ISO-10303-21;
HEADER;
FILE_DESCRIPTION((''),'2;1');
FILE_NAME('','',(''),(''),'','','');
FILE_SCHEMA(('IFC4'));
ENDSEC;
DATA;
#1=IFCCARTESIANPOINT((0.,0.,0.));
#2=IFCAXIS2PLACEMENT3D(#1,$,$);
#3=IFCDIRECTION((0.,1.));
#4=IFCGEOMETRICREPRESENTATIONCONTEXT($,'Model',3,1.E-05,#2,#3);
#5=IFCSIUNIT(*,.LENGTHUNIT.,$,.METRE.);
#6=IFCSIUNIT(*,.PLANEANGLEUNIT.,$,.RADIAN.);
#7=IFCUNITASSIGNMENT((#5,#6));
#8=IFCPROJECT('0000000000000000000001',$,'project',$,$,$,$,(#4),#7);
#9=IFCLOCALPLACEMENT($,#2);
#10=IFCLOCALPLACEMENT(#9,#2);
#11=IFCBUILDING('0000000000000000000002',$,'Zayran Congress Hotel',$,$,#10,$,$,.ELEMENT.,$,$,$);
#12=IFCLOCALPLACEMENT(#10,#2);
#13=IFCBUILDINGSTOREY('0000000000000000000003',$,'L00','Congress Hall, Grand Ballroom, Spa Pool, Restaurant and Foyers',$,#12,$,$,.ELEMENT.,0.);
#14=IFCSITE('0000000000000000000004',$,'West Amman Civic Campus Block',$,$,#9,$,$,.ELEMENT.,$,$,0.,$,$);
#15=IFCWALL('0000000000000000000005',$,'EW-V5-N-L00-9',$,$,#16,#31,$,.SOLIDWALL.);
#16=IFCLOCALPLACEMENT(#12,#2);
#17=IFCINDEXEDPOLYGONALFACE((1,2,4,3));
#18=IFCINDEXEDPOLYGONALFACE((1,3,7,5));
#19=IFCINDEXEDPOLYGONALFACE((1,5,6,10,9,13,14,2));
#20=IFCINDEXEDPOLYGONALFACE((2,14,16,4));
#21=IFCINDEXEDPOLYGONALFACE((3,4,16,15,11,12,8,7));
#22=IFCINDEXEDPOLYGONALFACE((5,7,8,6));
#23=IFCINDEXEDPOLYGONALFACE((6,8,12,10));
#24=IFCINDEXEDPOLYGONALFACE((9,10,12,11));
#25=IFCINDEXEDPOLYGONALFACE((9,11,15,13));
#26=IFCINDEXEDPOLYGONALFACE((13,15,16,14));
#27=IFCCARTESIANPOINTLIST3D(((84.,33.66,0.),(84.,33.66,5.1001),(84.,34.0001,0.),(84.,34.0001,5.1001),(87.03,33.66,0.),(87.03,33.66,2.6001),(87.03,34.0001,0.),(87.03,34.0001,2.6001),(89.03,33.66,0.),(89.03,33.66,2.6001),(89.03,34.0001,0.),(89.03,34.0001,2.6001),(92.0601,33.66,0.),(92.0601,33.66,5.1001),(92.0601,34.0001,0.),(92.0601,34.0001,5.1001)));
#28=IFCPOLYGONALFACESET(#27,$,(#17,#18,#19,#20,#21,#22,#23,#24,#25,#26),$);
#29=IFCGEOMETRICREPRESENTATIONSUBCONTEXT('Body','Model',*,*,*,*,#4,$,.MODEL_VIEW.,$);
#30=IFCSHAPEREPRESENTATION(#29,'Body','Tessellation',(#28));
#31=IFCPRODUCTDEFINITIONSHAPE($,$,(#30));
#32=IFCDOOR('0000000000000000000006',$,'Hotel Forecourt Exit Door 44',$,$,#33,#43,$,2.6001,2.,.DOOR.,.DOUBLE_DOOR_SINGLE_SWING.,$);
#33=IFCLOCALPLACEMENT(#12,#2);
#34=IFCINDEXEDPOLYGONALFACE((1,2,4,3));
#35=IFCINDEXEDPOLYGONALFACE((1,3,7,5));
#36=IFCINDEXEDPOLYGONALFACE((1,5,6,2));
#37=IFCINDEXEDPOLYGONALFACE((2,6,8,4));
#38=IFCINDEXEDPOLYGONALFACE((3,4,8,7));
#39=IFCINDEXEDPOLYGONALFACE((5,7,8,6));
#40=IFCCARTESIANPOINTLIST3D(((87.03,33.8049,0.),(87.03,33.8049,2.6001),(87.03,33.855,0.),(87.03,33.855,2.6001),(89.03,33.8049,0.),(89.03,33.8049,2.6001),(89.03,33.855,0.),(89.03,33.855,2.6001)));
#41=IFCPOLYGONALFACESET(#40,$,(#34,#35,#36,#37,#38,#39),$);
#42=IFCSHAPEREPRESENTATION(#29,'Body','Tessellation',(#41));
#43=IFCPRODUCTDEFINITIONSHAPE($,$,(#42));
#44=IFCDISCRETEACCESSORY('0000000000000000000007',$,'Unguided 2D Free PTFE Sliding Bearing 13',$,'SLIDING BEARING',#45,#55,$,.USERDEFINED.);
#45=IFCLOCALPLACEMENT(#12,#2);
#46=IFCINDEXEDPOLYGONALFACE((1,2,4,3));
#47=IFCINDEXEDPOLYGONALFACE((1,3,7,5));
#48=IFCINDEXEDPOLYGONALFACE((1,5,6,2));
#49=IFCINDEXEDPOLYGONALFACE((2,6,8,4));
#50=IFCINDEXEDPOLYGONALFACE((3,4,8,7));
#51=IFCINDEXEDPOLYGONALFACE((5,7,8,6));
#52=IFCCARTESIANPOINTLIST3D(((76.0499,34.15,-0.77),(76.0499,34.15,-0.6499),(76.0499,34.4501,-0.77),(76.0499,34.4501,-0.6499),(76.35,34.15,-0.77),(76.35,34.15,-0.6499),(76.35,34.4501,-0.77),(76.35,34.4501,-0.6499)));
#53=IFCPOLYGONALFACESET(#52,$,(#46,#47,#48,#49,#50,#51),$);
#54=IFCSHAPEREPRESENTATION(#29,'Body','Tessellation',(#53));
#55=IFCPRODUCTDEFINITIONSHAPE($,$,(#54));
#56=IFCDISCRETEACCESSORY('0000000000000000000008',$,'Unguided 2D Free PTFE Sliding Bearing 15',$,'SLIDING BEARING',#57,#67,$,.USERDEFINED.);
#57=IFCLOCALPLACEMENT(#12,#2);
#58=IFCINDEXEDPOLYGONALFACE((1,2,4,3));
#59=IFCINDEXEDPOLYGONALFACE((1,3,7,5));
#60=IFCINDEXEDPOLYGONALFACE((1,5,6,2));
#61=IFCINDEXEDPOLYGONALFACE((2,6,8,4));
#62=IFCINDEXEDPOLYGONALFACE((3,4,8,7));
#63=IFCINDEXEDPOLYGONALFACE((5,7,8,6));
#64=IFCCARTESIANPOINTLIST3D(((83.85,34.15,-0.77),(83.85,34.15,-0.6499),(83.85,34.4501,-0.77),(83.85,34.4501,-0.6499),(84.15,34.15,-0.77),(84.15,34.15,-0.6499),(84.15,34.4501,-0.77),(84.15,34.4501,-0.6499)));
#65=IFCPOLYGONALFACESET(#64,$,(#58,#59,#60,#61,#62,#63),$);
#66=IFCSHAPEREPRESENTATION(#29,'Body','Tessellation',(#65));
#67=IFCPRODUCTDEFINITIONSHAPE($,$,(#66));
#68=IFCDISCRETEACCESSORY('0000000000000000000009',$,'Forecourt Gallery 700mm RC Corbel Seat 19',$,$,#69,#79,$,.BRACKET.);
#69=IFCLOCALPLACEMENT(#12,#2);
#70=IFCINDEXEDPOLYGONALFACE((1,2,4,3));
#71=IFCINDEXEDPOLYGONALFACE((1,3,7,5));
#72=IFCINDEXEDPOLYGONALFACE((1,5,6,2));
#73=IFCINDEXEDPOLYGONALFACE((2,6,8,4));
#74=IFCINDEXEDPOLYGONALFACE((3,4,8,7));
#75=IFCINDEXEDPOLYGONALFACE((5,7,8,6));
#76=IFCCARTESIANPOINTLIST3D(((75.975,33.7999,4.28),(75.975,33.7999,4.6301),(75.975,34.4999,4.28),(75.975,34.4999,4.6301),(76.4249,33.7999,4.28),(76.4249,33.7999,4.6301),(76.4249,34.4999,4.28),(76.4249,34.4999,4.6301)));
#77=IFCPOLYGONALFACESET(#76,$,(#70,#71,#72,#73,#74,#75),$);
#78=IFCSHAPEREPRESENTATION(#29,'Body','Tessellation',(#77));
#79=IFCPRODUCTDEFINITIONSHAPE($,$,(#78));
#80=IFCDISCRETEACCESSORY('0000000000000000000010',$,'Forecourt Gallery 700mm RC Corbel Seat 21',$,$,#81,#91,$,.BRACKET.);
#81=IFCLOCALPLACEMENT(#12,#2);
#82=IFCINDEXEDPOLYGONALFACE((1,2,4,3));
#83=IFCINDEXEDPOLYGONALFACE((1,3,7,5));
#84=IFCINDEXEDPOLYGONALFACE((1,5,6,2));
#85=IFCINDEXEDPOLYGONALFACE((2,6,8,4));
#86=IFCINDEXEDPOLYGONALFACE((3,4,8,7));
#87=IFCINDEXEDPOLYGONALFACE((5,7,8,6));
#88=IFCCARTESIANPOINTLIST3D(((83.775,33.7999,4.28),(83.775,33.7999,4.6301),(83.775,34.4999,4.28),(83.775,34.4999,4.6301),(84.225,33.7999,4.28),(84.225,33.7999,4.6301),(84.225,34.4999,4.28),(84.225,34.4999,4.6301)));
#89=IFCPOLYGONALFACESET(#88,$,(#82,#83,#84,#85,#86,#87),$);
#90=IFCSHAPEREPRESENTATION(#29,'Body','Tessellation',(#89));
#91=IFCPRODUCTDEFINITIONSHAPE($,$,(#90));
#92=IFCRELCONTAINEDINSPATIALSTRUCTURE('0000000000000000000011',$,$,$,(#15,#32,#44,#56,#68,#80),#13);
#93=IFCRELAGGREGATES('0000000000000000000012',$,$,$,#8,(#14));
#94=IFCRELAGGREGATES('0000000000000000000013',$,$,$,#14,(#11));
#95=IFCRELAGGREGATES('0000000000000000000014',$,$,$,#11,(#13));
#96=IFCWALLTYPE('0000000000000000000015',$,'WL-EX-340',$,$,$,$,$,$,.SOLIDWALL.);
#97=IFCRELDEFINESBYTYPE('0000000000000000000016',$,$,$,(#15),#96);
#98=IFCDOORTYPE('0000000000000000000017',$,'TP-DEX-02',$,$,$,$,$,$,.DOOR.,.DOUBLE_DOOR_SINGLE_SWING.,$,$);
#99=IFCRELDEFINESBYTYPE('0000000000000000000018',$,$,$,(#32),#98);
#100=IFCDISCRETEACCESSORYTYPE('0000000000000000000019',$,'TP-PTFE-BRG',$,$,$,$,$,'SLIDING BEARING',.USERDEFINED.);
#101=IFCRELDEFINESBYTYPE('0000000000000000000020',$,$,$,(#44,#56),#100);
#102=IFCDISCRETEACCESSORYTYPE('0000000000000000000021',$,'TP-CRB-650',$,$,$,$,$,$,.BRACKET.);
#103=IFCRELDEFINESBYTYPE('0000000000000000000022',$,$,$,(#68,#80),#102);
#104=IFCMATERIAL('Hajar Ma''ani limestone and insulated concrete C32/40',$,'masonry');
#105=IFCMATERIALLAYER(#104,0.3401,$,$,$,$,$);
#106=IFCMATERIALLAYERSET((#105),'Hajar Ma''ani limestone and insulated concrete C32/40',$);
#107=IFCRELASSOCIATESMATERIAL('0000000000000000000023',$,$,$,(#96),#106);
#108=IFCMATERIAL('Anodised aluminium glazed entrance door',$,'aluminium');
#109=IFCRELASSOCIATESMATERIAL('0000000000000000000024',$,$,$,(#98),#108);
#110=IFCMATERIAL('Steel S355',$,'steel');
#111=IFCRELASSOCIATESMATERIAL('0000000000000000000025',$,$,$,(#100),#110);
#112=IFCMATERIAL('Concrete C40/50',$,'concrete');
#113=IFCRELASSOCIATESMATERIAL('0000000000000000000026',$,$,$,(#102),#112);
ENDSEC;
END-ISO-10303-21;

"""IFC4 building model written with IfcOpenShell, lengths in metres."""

from ifc_helpers import new_model, si_unit, direction, frame, frame_2d, origin, origin_2d, place, context, subcontext, project, spatial, rectangle, extrude, material, layer, layer_set, type_object, element, fill, save


model = new_model("IFC4")

# Units and contexts
model_context = context("Model", 3, precision=1e-05, world=origin(), true_north=direction((0.0, 1.0)))
body_context = subcontext(model_context, "Body", "Model", "MODEL_VIEW")
ifc_project = project(units=[si_unit("LENGTHUNIT", "METRE"), si_unit("PLANEANGLEUNIT", "RADIAN")], contexts=[model_context])

# Site, building, storey
site_placement = place(None, origin())
site = spatial("IfcSite", under=ifc_project, at=site_placement, Name="West Amman Civic Campus Block", CompositionType="ELEMENT", RefElevation=0.0)
building_placement = place(site_placement, origin())
building = spatial("IfcBuilding", under=site, at=building_placement, Name="Zayran Congress Hotel", CompositionType="ELEMENT")
storey_placement = place(building_placement, origin())
storey = spatial("IfcBuildingStorey", under=building, at=storey_placement, Name="L00", Description="Congress Hall, Grand Ballroom, Spa Pool, Restaurant and Foyers", CompositionType="ELEMENT", Elevation=0.0)

# Shared definitions
ifc_material_1 = material(Name="Concrete C40/50", Category="concrete")
ifc_material_2 = material(Name="Steel S355", Category="steel")

# Wall, opening, door
ifc_material_3 = material(Name="Hajar Ma'ani limestone and insulated concrete C32/40", Category="masonry")
ifc_layer_1 = layer(ifc_material_3, 0.3401)
ifc_layer_set_1 = layer_set([ifc_layer_1], Name="Hajar Ma'ani limestone and insulated concrete C32/40")
wall_type = type_object("IfcWallType", Name="WL-EX-340", PredefinedType="SOLIDWALL", material=ifc_layer_set_1)
wall_placement = place(storey_placement, frame((84.0, 33.8301, 0.0), z_axis=(0.0, 0.0, 1.0), x_axis=(1.0, 0.0, 0.0)))
wall = element("IfcWall", 1, at=wall_placement, inside=storey, type_object=wall_type, Name="EW-V5-N-L00-9", PredefinedType="SOLIDWALL", context=body_context, shape_type="SweptSolid", body=[
    extrude(rectangle(XDim=8.0601, YDim=0.3401, at=frame_2d((4.03, 0.0))), origin(), (0.0, 0.0, 1.0), 5.1001),
])
opening_placement = place(wall_placement, frame((3.03, 0.0, 0.0)))
opening = element("IfcOpeningElement", 2, at=opening_placement, cuts=wall, PredefinedType="OPENING", context=body_context, shape_type="SweptSolid", body=[
    extrude(rectangle(XDim=2.0, YDim=2.6001, at=frame_2d((1.0, 1.3))), frame((0.0, 0.1799, 0.0), z_axis=(0.0, -1.0, 0.0), x_axis=(1.0, 0.0, 0.0)), (0.0, 0.0, 1.0), 0.3601),
])
ifc_material_4 = material(Name="Anodised aluminium glazed entrance door", Category="aluminium")
door_type = type_object("IfcDoorType", Name="TP-DEX-02", OperationType="DOUBLE_DOOR_SINGLE_SWING", PredefinedType="DOOR", material=ifc_material_4)
door_placement = place(opening_placement, origin())
door = element("IfcDoor", 3, at=door_placement, inside=storey, type_object=door_type, Name="Hotel Forecourt Exit Door 44", OperationType="DOUBLE_DOOR_SINGLE_SWING", OverallHeight=2.6001, OverallWidth=2.0, PredefinedType="DOOR", context=body_context, shape_type="SweptSolid", body=[
    extrude(rectangle(XDim=2.0, YDim=2.6001, at=frame_2d((1.0, 1.3))), frame((0.0, 0.0249, 0.0), z_axis=(0.0, -1.0, 0.0), x_axis=(1.0, 0.0, 0.0)), (0.0, 0.0, 1.0), 0.05),
])
fill(opening, door)

# Discrete accessories
discrete_accessory_type_1 = type_object("IfcDiscreteAccessoryType", Name="TP-PTFE-BRG", ElementType="SLIDING BEARING", PredefinedType="USERDEFINED", material=ifc_material_2)
for number, where, z_axis, x_axis, name in (
    (4, (76.2, 34.3, -0.77), (0.0, 0.0, 1.0), (1.0, 0.0, 0.0), "Unguided 2D Free PTFE Sliding Bearing 13"),
    (5, (84.0, 34.3, -0.77), (0.0, 0.0, 1.0), (1.0, 0.0, 0.0), "Unguided 2D Free PTFE Sliding Bearing 15"),
):
    element("IfcDiscreteAccessory", number, at=place(storey_placement, frame(where, z_axis=z_axis, x_axis=x_axis)), inside=storey, type_object=discrete_accessory_type_1, Name=name, ObjectType="SLIDING BEARING", PredefinedType="USERDEFINED", context=body_context, shape_type="SweptSolid", body=[
        extrude(rectangle(XDim=0.3, YDim=0.3, at=origin_2d()), origin(), (0.0, 0.0, 1.0), 0.1201),
    ])
discrete_accessory_type_2 = type_object("IfcDiscreteAccessoryType", Name="TP-CRB-650", PredefinedType="BRACKET", material=ifc_material_1)
for number, where, z_axis, x_axis, name in (
    (6, (76.2, 34.1499, 4.28), (0.0, 0.0, 1.0), (0.0, 1.0, 0.0), "Forecourt Gallery 700mm RC Corbel Seat 19"),
    (7, (84.0, 34.1499, 4.28), (0.0, 0.0, 1.0), (0.0, 1.0, 0.0), "Forecourt Gallery 700mm RC Corbel Seat 21"),
):
    element("IfcDiscreteAccessory", number, at=place(storey_placement, frame(where, z_axis=z_axis, x_axis=x_axis)), inside=storey, type_object=discrete_accessory_type_2, Name=name, PredefinedType="BRACKET", context=body_context, shape_type="SweptSolid", body=[
        extrude(rectangle(XDim=0.7, YDim=0.45, at=origin_2d()), origin(), (0.0, 0.0, 1.0), 0.3501),
    ])

save(model, "model.ifc")
